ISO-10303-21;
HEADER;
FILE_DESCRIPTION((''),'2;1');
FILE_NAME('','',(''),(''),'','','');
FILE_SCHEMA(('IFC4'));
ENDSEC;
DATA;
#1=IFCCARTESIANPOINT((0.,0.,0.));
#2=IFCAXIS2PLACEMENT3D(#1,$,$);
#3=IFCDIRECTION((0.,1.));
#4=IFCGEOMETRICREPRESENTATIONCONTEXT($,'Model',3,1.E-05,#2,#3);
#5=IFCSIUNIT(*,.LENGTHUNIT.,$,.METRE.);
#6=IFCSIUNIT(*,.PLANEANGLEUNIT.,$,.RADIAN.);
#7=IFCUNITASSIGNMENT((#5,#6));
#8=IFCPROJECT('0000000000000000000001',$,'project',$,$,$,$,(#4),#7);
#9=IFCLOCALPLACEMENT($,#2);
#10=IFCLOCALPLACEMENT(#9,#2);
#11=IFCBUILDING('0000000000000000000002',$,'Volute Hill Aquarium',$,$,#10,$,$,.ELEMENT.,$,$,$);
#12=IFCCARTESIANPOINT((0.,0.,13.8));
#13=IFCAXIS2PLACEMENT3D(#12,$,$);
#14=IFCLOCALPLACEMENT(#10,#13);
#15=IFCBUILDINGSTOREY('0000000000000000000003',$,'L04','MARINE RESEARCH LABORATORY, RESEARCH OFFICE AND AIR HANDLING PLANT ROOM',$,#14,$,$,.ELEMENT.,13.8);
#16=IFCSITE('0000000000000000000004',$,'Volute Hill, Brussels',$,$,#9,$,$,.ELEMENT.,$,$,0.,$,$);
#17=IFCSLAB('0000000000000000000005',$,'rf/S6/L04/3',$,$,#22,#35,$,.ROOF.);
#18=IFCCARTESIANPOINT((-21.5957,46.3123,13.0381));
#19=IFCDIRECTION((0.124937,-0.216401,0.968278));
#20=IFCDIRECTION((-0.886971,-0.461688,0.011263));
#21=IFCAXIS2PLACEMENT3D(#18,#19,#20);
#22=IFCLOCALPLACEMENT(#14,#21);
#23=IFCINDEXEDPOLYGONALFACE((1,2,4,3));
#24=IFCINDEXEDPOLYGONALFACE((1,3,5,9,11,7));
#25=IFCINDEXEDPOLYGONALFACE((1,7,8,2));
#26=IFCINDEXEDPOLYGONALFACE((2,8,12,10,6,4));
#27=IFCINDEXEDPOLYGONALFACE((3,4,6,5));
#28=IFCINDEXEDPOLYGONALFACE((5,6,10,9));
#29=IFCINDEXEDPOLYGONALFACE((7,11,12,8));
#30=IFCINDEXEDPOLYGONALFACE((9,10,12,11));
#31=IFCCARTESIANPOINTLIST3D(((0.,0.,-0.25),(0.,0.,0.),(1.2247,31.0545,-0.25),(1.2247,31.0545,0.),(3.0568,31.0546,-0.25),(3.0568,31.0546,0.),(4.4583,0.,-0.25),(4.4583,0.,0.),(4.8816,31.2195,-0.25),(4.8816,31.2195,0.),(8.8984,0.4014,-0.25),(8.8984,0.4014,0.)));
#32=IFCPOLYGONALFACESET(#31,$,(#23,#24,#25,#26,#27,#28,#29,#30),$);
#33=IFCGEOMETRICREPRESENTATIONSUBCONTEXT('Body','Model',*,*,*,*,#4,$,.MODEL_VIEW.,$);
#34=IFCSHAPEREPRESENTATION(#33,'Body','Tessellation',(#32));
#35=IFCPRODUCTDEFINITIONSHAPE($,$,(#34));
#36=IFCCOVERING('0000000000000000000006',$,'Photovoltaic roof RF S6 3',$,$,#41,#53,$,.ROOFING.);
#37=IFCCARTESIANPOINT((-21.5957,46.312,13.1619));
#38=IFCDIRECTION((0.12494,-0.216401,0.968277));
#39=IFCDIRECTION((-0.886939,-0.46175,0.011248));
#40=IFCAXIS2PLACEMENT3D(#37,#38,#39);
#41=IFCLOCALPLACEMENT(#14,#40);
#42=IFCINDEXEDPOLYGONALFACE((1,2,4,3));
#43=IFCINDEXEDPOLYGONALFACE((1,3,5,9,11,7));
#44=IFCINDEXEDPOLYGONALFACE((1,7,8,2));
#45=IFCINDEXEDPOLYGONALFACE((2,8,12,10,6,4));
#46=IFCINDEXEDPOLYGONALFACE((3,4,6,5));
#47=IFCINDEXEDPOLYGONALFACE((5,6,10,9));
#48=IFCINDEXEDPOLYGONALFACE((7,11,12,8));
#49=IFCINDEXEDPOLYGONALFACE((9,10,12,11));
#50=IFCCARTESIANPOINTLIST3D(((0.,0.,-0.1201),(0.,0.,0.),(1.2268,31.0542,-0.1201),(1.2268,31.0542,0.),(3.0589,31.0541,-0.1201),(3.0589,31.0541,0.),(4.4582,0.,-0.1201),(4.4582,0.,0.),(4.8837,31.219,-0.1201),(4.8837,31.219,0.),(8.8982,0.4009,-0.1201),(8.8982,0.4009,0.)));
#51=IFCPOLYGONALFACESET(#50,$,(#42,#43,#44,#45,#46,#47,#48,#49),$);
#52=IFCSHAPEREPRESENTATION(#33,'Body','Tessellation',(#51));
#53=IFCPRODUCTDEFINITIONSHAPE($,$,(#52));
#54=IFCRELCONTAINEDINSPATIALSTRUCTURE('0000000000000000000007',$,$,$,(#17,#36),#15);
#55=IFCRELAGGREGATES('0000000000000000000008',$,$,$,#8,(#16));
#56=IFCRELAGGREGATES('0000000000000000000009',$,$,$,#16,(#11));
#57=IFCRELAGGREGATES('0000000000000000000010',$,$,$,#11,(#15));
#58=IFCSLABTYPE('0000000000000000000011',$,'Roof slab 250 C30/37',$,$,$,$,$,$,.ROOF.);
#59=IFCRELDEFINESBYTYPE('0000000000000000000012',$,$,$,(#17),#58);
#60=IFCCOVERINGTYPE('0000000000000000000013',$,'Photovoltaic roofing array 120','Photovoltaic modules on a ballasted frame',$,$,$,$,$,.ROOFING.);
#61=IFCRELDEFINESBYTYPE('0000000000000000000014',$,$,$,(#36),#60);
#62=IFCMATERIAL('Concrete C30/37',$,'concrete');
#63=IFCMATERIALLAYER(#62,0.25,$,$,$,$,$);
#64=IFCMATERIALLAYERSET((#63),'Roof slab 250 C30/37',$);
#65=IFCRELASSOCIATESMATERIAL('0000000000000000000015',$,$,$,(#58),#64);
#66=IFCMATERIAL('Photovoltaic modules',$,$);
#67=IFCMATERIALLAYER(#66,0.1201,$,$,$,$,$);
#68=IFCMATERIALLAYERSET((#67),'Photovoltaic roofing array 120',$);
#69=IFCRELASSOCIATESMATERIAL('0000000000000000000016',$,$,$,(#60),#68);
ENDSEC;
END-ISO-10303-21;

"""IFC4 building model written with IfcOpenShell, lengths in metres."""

from ifc_helpers import new_model, si_unit, direction, frame, origin, place, context, subcontext, project, spatial, polyline, outline, extrude, material, layer, layer_set, type_object, element, save


model = new_model("IFC4")

# Units and contexts
model_context = context("Model", 3, precision=1e-05, world=origin(), true_north=direction((0.0, 1.0)))
body_context = subcontext(model_context, "Body", "Model", "MODEL_VIEW")
ifc_project = project(units=[si_unit("LENGTHUNIT", "METRE"), si_unit("PLANEANGLEUNIT", "RADIAN")], contexts=[model_context])

# Site, building, storey
site_placement = place(None, origin())
site = spatial("IfcSite", under=ifc_project, at=site_placement, Name="Volute Hill, Brussels", CompositionType="ELEMENT", RefElevation=0.0)
building_placement = place(site_placement, origin())
building = spatial("IfcBuilding", under=site, at=building_placement, Name="Volute Hill Aquarium", CompositionType="ELEMENT")
storey_placement = place(building_placement, frame((0.0, 0.0, 13.8)))
storey = spatial("IfcBuildingStorey", under=building, at=storey_placement, Name="L04", Description="MARINE RESEARCH LABORATORY, RESEARCH OFFICE AND AIR HANDLING PLANT ROOM", CompositionType="ELEMENT", Elevation=13.8)

# Slab
ifc_material_1 = material(Name="Concrete C30/37", Category="concrete")
ifc_layer_1 = layer(ifc_material_1, 0.25)
ifc_layer_set_1 = layer_set([ifc_layer_1], Name="Roof slab 250 C30/37")
slab_type = type_object("IfcSlabType", Name="Roof slab 250 C30/37", PredefinedType="ROOF", material=ifc_layer_set_1)
slab_placement = place(storey_placement, frame((-21.5957, 46.3123, 13.0381), z_axis=(0.124937, -0.216401, 0.968278), x_axis=(-0.886971, -0.461688, 0.011263)))
element("IfcSlab", 1, at=slab_placement, inside=storey, type_object=slab_type, Name="rf/S6/L04/3", PredefinedType="ROOF", context=body_context, shape_type="SweptSolid", body=[
    extrude(outline(polyline([(0.0, 0.0), (4.4583, 0.0), (8.8984, 0.4014), (4.8816, 31.2195), (3.0568, 31.0546), (1.2247, 31.0545), (0.0, 0.0)])), origin(), (0.0, 0.0, -1.0), 0.25),
])

# Covering
ifc_material_2 = material(Name="Photovoltaic modules")
ifc_layer_2 = layer(ifc_material_2, 0.1201)
ifc_layer_set_2 = layer_set([ifc_layer_2], Name="Photovoltaic roofing array 120")
covering_type_1 = type_object("IfcCoveringType", Name="Photovoltaic roofing array 120", Description="Photovoltaic modules on a ballasted frame", PredefinedType="ROOFING", material=ifc_layer_set_2)
covering_1_placement = place(storey_placement, frame((-21.5957, 46.312, 13.1619), z_axis=(0.12494, -0.216401, 0.968277), x_axis=(-0.886939, -0.46175, 0.011248)))
element("IfcCovering", 2, at=covering_1_placement, inside=storey, type_object=covering_type_1, Name="Photovoltaic roof RF S6 3", PredefinedType="ROOFING", context=body_context, shape_type="SweptSolid", body=[
    extrude(outline(polyline([(0.0, 0.0), (4.4582, 0.0), (8.8982, 0.4009), (4.8837, 31.219), (3.0589, 31.0541), (1.2268, 31.0542), (0.0, 0.0)])), origin(), (0.0, 0.0, -1.0), 0.1201),
])

save(model, "model.ifc")
